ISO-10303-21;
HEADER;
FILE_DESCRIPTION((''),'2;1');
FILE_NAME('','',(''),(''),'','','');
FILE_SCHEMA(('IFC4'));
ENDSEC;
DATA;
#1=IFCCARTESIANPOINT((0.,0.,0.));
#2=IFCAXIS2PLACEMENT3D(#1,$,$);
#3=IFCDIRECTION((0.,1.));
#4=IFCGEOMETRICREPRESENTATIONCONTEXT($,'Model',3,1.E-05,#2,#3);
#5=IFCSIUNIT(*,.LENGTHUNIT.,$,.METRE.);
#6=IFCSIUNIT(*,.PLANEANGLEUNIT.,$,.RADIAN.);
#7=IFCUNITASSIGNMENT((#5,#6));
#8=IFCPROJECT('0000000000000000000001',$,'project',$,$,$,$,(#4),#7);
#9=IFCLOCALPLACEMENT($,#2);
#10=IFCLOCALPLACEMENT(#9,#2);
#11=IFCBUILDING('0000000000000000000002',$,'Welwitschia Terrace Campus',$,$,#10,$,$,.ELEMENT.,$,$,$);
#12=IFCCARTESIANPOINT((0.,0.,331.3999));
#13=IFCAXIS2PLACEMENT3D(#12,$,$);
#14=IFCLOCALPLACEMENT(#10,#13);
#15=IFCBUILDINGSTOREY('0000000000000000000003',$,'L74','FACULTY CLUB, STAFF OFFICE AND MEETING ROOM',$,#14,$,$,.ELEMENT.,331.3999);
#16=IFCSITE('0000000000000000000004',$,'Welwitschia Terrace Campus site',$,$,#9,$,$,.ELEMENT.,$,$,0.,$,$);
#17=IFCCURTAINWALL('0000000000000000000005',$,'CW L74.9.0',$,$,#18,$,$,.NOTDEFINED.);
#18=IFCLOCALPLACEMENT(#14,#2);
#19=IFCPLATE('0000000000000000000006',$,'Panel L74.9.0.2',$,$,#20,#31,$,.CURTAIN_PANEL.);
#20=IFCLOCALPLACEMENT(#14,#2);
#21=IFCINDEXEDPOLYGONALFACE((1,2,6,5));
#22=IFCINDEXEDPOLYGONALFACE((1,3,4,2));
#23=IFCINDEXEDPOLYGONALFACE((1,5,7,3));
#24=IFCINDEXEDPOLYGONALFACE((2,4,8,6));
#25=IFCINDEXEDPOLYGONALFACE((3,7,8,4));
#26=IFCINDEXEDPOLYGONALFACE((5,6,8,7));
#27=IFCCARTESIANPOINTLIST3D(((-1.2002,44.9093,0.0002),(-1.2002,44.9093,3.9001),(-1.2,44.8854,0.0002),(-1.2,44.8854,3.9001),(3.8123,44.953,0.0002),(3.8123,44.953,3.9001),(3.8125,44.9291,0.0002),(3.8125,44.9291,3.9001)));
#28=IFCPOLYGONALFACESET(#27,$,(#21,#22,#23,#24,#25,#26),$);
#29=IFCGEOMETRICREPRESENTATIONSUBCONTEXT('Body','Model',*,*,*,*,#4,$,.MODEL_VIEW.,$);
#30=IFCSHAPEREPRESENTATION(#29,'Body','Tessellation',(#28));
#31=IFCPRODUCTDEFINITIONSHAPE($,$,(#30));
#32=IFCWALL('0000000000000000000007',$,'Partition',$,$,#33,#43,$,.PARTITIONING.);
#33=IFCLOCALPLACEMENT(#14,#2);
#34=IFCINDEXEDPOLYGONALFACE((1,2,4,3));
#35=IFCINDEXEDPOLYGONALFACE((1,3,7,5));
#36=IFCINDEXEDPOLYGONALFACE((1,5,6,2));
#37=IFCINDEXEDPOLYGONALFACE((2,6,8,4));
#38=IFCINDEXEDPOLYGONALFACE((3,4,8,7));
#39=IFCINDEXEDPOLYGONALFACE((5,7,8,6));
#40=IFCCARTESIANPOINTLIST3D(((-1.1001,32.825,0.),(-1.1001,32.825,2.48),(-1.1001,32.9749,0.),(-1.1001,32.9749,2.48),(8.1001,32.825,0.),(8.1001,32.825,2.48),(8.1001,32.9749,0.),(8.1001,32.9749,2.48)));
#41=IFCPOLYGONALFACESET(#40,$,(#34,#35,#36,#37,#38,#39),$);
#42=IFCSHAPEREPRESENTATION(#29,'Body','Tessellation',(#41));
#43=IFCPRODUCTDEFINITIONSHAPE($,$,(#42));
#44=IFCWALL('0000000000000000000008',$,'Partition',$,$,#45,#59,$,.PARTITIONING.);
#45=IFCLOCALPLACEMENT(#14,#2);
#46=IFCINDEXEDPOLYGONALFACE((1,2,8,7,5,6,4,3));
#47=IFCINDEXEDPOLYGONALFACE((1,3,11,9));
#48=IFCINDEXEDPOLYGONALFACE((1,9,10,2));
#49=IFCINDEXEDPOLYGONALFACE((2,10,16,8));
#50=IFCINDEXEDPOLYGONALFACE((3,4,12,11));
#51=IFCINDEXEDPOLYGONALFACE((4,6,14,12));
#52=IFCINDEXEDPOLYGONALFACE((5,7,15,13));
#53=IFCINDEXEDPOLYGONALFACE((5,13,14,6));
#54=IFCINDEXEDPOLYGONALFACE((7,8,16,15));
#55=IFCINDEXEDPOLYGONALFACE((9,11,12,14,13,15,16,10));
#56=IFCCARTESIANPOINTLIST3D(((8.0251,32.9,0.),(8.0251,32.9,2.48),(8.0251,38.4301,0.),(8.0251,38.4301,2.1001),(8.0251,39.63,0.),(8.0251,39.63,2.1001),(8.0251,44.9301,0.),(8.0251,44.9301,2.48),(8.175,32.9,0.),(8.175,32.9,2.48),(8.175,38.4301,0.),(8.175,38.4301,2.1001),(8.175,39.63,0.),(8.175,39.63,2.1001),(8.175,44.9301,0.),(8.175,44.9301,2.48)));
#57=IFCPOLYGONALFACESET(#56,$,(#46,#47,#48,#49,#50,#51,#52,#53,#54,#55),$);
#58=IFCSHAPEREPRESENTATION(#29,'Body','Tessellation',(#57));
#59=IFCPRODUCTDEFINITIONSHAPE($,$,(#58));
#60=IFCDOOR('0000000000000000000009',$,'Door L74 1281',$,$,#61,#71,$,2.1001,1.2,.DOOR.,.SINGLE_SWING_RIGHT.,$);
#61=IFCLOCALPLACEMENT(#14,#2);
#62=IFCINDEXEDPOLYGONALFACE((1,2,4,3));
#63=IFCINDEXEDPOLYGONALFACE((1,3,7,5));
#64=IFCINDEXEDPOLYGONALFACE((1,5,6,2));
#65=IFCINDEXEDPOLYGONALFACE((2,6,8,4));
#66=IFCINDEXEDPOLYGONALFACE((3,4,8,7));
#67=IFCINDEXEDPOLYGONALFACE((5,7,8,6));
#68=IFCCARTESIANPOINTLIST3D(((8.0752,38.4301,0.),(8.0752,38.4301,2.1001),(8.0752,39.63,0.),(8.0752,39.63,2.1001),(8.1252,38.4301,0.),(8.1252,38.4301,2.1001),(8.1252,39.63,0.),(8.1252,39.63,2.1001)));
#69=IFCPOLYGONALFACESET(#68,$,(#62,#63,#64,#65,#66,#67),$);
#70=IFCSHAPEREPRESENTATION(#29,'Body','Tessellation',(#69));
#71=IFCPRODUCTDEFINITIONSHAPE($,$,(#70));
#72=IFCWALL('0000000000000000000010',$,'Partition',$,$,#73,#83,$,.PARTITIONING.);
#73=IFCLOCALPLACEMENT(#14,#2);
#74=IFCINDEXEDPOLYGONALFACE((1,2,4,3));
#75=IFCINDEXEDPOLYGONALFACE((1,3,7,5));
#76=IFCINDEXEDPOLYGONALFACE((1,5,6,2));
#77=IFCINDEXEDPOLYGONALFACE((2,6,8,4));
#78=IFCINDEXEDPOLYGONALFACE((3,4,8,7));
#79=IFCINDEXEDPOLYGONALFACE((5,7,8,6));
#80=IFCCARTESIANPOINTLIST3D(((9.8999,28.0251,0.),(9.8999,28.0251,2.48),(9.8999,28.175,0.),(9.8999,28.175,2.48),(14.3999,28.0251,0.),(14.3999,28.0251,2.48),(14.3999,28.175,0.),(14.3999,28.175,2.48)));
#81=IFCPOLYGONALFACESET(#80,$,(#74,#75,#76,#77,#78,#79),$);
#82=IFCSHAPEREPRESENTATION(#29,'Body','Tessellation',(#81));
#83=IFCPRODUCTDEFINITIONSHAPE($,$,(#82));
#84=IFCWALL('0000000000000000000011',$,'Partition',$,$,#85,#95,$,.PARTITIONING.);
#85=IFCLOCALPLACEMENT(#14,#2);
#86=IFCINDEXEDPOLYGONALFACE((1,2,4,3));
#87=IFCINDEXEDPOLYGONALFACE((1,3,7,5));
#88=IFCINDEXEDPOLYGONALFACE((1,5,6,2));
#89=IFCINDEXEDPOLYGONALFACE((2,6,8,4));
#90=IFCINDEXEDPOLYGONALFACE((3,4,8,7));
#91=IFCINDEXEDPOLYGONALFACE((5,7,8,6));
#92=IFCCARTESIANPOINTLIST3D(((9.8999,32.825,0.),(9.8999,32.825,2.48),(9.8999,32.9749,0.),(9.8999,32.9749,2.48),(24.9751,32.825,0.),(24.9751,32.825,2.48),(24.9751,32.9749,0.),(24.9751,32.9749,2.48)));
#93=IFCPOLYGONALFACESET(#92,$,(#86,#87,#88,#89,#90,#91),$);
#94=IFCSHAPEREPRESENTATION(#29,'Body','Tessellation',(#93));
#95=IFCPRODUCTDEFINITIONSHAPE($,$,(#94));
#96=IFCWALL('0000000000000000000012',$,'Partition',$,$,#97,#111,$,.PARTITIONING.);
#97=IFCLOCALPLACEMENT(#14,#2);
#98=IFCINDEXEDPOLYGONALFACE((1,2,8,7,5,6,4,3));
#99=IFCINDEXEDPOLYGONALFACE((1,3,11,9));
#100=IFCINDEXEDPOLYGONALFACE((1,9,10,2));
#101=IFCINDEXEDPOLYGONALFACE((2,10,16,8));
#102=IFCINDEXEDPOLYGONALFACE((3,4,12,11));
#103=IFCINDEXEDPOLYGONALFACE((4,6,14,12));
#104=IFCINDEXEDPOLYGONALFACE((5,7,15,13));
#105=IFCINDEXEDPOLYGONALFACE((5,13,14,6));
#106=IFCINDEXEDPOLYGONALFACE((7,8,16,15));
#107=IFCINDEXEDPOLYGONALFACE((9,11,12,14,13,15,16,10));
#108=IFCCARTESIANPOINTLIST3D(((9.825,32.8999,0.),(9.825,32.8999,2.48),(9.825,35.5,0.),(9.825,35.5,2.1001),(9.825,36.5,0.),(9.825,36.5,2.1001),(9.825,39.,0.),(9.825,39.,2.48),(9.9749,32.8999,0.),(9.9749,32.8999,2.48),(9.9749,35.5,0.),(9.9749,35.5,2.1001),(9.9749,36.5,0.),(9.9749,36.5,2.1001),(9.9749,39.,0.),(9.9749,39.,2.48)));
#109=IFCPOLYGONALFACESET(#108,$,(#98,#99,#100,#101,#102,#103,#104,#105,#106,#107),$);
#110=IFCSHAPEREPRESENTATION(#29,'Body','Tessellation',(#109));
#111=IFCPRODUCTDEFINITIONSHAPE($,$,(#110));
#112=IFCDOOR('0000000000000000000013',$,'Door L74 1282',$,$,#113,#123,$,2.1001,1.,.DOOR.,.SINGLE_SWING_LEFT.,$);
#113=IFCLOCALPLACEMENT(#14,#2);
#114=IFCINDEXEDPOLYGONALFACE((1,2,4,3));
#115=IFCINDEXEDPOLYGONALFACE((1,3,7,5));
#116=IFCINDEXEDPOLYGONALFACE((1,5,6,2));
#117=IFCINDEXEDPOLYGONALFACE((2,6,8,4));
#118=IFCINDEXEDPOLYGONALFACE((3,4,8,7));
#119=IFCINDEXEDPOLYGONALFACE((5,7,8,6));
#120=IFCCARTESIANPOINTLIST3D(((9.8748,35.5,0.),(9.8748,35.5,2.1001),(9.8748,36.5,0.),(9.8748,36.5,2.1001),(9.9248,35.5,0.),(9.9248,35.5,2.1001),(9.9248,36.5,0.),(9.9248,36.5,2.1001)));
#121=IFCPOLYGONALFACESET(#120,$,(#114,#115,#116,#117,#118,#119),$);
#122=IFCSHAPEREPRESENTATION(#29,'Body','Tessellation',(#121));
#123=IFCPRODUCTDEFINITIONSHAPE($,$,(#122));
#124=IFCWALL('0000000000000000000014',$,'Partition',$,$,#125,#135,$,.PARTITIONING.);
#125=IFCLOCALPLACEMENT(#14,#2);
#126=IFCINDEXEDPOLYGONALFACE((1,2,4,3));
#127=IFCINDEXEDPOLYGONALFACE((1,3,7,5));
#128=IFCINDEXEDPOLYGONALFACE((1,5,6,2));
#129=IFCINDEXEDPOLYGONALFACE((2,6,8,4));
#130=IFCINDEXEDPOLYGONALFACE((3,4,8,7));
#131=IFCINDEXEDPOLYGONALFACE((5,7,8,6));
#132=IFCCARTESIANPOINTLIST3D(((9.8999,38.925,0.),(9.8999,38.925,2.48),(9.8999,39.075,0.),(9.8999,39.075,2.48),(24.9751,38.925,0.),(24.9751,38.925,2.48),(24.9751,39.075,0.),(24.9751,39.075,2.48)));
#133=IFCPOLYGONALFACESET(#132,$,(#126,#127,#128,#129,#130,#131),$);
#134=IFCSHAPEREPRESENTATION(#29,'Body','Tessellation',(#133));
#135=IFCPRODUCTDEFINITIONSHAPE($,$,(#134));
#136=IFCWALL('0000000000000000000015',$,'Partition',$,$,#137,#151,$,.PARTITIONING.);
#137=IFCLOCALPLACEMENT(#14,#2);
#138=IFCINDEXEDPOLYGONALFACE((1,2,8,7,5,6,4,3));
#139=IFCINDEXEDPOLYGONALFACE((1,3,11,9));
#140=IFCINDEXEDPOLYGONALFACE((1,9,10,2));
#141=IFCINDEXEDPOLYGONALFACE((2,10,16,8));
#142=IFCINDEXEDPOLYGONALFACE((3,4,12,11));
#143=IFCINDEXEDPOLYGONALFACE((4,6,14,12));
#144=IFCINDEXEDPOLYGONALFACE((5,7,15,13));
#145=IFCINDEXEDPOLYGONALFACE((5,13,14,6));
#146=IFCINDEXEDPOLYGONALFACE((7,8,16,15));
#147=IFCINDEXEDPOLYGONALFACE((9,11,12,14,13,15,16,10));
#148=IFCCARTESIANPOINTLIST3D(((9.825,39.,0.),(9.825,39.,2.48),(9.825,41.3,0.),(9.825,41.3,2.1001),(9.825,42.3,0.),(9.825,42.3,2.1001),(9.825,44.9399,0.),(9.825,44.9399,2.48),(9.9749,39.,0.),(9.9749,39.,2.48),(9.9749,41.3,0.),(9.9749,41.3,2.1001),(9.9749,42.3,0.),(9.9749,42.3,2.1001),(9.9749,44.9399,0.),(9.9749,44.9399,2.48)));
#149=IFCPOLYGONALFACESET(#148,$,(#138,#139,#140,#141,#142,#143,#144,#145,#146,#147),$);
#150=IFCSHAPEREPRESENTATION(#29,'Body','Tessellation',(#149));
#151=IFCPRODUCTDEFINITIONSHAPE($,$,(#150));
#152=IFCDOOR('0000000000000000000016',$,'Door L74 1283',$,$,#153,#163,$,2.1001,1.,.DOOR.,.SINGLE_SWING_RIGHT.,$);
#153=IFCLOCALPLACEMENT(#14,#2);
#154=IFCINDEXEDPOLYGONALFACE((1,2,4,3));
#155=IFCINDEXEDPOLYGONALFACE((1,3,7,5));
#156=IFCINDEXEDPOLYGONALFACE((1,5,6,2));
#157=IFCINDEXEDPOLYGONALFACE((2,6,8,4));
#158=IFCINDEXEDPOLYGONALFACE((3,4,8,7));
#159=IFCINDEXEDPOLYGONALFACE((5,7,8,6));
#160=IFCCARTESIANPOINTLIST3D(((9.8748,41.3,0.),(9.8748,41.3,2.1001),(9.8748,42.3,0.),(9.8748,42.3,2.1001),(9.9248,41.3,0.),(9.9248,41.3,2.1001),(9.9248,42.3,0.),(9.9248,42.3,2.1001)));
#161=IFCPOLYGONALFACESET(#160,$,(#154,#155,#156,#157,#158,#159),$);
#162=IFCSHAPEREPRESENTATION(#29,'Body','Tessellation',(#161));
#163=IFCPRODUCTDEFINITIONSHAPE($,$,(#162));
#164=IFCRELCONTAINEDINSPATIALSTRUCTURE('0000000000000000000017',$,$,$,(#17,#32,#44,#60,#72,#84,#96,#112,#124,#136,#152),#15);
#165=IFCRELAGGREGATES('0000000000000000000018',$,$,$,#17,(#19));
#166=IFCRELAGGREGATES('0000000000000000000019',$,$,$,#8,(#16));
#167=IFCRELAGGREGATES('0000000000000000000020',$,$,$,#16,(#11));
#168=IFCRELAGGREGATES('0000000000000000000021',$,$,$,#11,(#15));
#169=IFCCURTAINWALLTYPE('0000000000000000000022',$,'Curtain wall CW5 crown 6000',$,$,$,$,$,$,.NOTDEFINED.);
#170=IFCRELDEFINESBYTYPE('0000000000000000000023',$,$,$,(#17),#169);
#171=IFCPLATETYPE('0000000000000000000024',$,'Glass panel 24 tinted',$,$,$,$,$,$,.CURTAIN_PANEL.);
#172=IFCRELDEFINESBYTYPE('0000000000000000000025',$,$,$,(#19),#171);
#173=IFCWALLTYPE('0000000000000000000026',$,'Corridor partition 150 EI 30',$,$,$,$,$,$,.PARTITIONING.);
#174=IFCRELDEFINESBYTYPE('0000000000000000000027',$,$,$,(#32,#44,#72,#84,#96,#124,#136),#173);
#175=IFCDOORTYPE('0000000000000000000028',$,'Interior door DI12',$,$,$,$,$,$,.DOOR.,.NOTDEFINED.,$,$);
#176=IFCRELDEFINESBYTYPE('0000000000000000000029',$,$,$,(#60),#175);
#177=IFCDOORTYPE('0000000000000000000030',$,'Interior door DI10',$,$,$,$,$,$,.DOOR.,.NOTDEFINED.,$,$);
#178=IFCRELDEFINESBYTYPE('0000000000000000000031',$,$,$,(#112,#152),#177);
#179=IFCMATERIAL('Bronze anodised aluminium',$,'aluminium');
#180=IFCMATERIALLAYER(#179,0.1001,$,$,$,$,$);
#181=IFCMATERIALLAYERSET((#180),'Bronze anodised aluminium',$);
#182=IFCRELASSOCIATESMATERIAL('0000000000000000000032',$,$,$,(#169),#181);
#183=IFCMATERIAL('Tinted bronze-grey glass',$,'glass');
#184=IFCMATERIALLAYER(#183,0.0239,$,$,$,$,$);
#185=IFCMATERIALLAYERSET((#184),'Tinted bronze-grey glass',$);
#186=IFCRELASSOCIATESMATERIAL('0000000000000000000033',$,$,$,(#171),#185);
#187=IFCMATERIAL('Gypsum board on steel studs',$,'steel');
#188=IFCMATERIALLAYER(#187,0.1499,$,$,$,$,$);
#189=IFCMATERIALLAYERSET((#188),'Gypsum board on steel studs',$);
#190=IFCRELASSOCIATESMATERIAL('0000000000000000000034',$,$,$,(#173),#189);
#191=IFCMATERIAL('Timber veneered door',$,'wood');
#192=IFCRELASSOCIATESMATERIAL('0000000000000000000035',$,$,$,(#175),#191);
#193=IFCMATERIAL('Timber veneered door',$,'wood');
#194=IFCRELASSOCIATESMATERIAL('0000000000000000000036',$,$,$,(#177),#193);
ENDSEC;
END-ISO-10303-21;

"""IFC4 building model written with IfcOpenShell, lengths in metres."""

from ifc_helpers import new_model, si_unit, direction, frame, frame_2d, origin, origin_2d, place, context, subcontext, project, spatial, rectangle, extrude, material, layer, layer_set, type_object, element, fill, aggregate, save


model = new_model("IFC4")

# Units and contexts
model_context = context("Model", 3, precision=1e-05, world=origin(), true_north=direction((0.0, 1.0)))
body_context = subcontext(model_context, "Body", "Model", "MODEL_VIEW")
ifc_project = project(units=[si_unit("LENGTHUNIT", "METRE"), si_unit("PLANEANGLEUNIT", "RADIAN")], contexts=[model_context])

# Site, building, storey
site_placement = place(None, origin())
site = spatial("IfcSite", under=ifc_project, at=site_placement, Name="Welwitschia Terrace Campus site", CompositionType="ELEMENT", RefElevation=0.0)
building_placement = place(site_placement, origin())
building = spatial("IfcBuilding", under=site, at=building_placement, Name="Welwitschia Terrace Campus", CompositionType="ELEMENT")
storey_placement = place(building_placement, frame((0.0, 0.0, 331.3999)))
storey = spatial("IfcBuildingStorey", under=building, at=storey_placement, Name="L74", Description="FACULTY CLUB, STAFF OFFICE AND MEETING ROOM", CompositionType="ELEMENT", Elevation=331.3999)

# Curtain wall
ifc_material_1 = material(Name="Bronze anodised aluminium", Category="aluminium")
ifc_layer_1 = layer(ifc_material_1, 0.1001)
ifc_layer_set_1 = layer_set([ifc_layer_1], Name="Bronze anodised aluminium")
curtain_wall_type = type_object("IfcCurtainWallType", Name="Curtain wall CW5 crown 6000", PredefinedType="NOTDEFINED", material=ifc_layer_set_1)
curtain_wall_1_placement = place(storey_placement, origin())
curtain_wall_1 = element("IfcCurtainWall", 1, at=curtain_wall_1_placement, inside=storey, type_object=curtain_wall_type, Name="CW L74.9.0", PredefinedType="NOTDEFINED")

# Plate
ifc_material_2 = material(Name="Tinted bronze-grey glass", Category="glass")
ifc_layer_2 = layer(ifc_material_2, 0.0239)
ifc_layer_set_2 = layer_set([ifc_layer_2], Name="Tinted bronze-grey glass")
plate_type = type_object("IfcPlateType", Name="Glass panel 24 tinted", PredefinedType="CURTAIN_PANEL", material=ifc_layer_set_2)
plate_1_placement = place(storey_placement, frame((1.3062, 44.9192, 0.0002), z_axis=(0.0, 0.0, 1.0), x_axis=(-0.999962, -0.008727, 0.0)))
plate_1 = element("IfcPlate", 2, at=plate_1_placement, type_object=plate_type, Name="Panel L74.9.0.2", PredefinedType="CURTAIN_PANEL", context=body_context, shape_type="SweptSolid", body=[
    extrude(rectangle(XDim=5.0127, YDim=0.0239, at=origin_2d()), origin(), (0.0, 0.0, 1.0), 3.8999),
])
aggregate(curtain_wall_1, [plate_1])

# Wall
ifc_material_3 = material(Name="Gypsum board on steel studs", Category="steel")
ifc_layer_3 = layer(ifc_material_3, 0.1499)
ifc_layer_set_3 = layer_set([ifc_layer_3], Name="Gypsum board on steel studs")
wall_type = type_object("IfcWallType", Name="Corridor partition 150 EI 30", PredefinedType="PARTITIONING", material=ifc_layer_set_3)
wall_1_placement = place(storey_placement, frame((-1.1001, 32.8999, 0.0), z_axis=(0.0, 0.0, 1.0), x_axis=(1.0, 0.0, 0.0)))
element("IfcWall", 3, at=wall_1_placement, inside=storey, type_object=wall_type, Name="Partition", PredefinedType="PARTITIONING", context=body_context, shape_type="SweptSolid", body=[
    extrude(rectangle(XDim=9.2002, YDim=0.1499, at=frame_2d((4.6001, 0.0))), origin(), (0.0, 0.0, 1.0), 2.48),
])

# Wall, opening, door
wall_2_placement = place(storey_placement, frame((8.1001, 32.8999, 0.0), z_axis=(0.0, 0.0, 1.0), x_axis=(0.0, 1.0, 0.0)))
wall_2 = element("IfcWall", 4, at=wall_2_placement, inside=storey, type_object=wall_type, Name="Partition", PredefinedType="PARTITIONING", context=body_context, shape_type="SweptSolid", body=[
    extrude(rectangle(XDim=12.03, YDim=0.1499, at=frame_2d((6.0151, 0.0))), origin(), (0.0, 0.0, 1.0), 2.48),
])
opening_1_placement = place(wall_2_placement, frame((5.53, 0.0, 0.0)))
opening_1 = element("IfcOpeningElement", 5, at=opening_1_placement, cuts=wall_2, PredefinedType="OPENING", context=body_context, shape_type="SweptSolid", body=[
    extrude(rectangle(XDim=1.2, YDim=2.1001, at=frame_2d((0.6001, 1.05))), frame((0.0, 0.085, 0.0), z_axis=(0.0, -1.0, 0.0), x_axis=(1.0, 0.0, 0.0)), (0.0, 0.0, 1.0), 0.1699),
])
ifc_material_4 = material(Name="Timber veneered door", Category="wood")
door_type_1 = type_object("IfcDoorType", Name="Interior door DI12", OperationType="NOTDEFINED", PredefinedType="DOOR", material=ifc_material_4)
door_1_placement = place(opening_1_placement, origin())
door_1 = element("IfcDoor", 6, at=door_1_placement, inside=storey, type_object=door_type_1, Name="Door L74 1281", OperationType="SINGLE_SWING_RIGHT", OverallHeight=2.1001, OverallWidth=1.2, PredefinedType="DOOR", context=body_context, shape_type="SweptSolid", body=[
    extrude(rectangle(XDim=1.2, YDim=2.1001, at=frame_2d((0.6001, 1.05))), frame((0.0, 0.0249, 0.0), z_axis=(0.0, -1.0, 0.0), x_axis=(1.0, 0.0, 0.0)), (0.0, 0.0, 1.0), 0.05),
])
fill(opening_1, door_1)

# Walls
wall_3_placement = place(storey_placement, frame((9.8999, 28.1001, 0.0), z_axis=(0.0, 0.0, 1.0), x_axis=(1.0, 0.0, 0.0)))
element("IfcWall", 7, at=wall_3_placement, inside=storey, type_object=wall_type, Name="Partition", PredefinedType="PARTITIONING", context=body_context, shape_type="SweptSolid", body=[
    extrude(rectangle(XDim=4.5, YDim=0.1499, at=frame_2d((2.25, 0.0))), origin(), (0.0, 0.0, 1.0), 2.48),
])
wall_4_placement = place(storey_placement, frame((9.8999, 32.8999, 0.0), z_axis=(0.0, 0.0, 1.0), x_axis=(1.0, 0.0, 0.0)))
element("IfcWall", 8, at=wall_4_placement, inside=storey, type_object=wall_type, Name="Partition", PredefinedType="PARTITIONING", context=body_context, shape_type="SweptSolid", body=[
    extrude(rectangle(XDim=15.0752, YDim=0.1499, at=frame_2d((7.5376, 0.0))), origin(), (0.0, 0.0, 1.0), 2.48),
])

# Wall, opening, door
wall_5_placement = place(storey_placement, frame((9.8999, 39.0, 0.0), z_axis=(0.0, 0.0, 1.0), x_axis=(0.0, -1.0, 0.0)))
wall_5 = element("IfcWall", 9, at=wall_5_placement, inside=storey, type_object=wall_type, Name="Partition", PredefinedType="PARTITIONING", context=body_context, shape_type="SweptSolid", body=[
    extrude(rectangle(XDim=6.1001, YDim=0.1499, at=frame_2d((3.05, 0.0))), origin(), (0.0, 0.0, 1.0), 2.48),
])
opening_2_placement = place(wall_5_placement, frame((2.5, 0.0, 0.0)))
opening_2 = element("IfcOpeningElement", 10, at=opening_2_placement, cuts=wall_5, PredefinedType="OPENING", context=body_context, shape_type="SweptSolid", body=[
    extrude(rectangle(XDim=1.0, YDim=2.1001, at=frame_2d((0.5, 1.05))), frame((0.0, 0.085, 0.0), z_axis=(0.0, -1.0, 0.0), x_axis=(1.0, 0.0, 0.0)), (0.0, 0.0, 1.0), 0.1699),
])
ifc_material_5 = material(Name="Timber veneered door", Category="wood")
door_type_2 = type_object("IfcDoorType", Name="Interior door DI10", OperationType="NOTDEFINED", PredefinedType="DOOR", material=ifc_material_5)
door_2_placement = place(opening_2_placement, origin())
door_2 = element("IfcDoor", 11, at=door_2_placement, inside=storey, type_object=door_type_2, Name="Door L74 1282", OperationType="SINGLE_SWING_LEFT", OverallHeight=2.1001, OverallWidth=1.0, PredefinedType="DOOR", context=body_context, shape_type="SweptSolid", body=[
    extrude(rectangle(XDim=1.0, YDim=2.1001, at=frame_2d((0.5, 1.05))), frame((0.0, 0.0249, 0.0), z_axis=(0.0, -1.0, 0.0), x_axis=(1.0, 0.0, 0.0)), (0.0, 0.0, 1.0), 0.05),
])
fill(opening_2, door_2)

# Wall
wall_6_placement = place(storey_placement, frame((9.8999, 39.0, 0.0), z_axis=(0.0, 0.0, 1.0), x_axis=(1.0, 0.0, 0.0)))
element("IfcWall", 12, at=wall_6_placement, inside=storey, type_object=wall_type, Name="Partition", PredefinedType="PARTITIONING", context=body_context, shape_type="SweptSolid", body=[
    extrude(rectangle(XDim=15.0752, YDim=0.1499, at=frame_2d((7.5376, 0.0))), origin(), (0.0, 0.0, 1.0), 2.48),
])

# Wall, opening, door
wall_7_placement = place(storey_placement, frame((9.8999, 44.9399, 0.0), z_axis=(0.0, 0.0, 1.0), x_axis=(0.0, -1.0, 0.0)))
wall_7 = element("IfcWall", 13, at=wall_7_placement, inside=storey, type_object=wall_type, Name="Partition", PredefinedType="PARTITIONING", context=body_context, shape_type="SweptSolid", body=[
    extrude(rectangle(XDim=5.9399, YDim=0.1499, at=frame_2d((2.97, 0.0))), origin(), (0.0, 0.0, 1.0), 2.48),
])
opening_3_placement = place(wall_7_placement, frame((2.6399, 0.0, 0.0)))
opening_3 = element("IfcOpeningElement", 14, at=opening_3_placement, cuts=wall_7, PredefinedType="OPENING", context=body_context, shape_type="SweptSolid", body=[
    extrude(rectangle(XDim=1.0, YDim=2.1001, at=frame_2d((0.5, 1.05))), frame((0.0, 0.085, 0.0), z_axis=(0.0, -1.0, 0.0), x_axis=(1.0, 0.0, 0.0)), (0.0, 0.0, 1.0), 0.1699),
])
door_3_placement = place(opening_3_placement, origin())
door_3 = element("IfcDoor", 15, at=door_3_placement, inside=storey, type_object=door_type_2, Name="Door L74 1283", OperationType="SINGLE_SWING_RIGHT", OverallHeight=2.1001, OverallWidth=1.0, PredefinedType="DOOR", context=body_context, shape_type="SweptSolid", body=[
    extrude(rectangle(XDim=1.0, YDim=2.1001, at=frame_2d((0.5, 1.05))), frame((0.0, 0.0249, 0.0), z_axis=(0.0, -1.0, 0.0), x_axis=(1.0, 0.0, 0.0)), (0.0, 0.0, 1.0), 0.05),
])
fill(opening_3, door_3)

save(model, "model.ifc")
